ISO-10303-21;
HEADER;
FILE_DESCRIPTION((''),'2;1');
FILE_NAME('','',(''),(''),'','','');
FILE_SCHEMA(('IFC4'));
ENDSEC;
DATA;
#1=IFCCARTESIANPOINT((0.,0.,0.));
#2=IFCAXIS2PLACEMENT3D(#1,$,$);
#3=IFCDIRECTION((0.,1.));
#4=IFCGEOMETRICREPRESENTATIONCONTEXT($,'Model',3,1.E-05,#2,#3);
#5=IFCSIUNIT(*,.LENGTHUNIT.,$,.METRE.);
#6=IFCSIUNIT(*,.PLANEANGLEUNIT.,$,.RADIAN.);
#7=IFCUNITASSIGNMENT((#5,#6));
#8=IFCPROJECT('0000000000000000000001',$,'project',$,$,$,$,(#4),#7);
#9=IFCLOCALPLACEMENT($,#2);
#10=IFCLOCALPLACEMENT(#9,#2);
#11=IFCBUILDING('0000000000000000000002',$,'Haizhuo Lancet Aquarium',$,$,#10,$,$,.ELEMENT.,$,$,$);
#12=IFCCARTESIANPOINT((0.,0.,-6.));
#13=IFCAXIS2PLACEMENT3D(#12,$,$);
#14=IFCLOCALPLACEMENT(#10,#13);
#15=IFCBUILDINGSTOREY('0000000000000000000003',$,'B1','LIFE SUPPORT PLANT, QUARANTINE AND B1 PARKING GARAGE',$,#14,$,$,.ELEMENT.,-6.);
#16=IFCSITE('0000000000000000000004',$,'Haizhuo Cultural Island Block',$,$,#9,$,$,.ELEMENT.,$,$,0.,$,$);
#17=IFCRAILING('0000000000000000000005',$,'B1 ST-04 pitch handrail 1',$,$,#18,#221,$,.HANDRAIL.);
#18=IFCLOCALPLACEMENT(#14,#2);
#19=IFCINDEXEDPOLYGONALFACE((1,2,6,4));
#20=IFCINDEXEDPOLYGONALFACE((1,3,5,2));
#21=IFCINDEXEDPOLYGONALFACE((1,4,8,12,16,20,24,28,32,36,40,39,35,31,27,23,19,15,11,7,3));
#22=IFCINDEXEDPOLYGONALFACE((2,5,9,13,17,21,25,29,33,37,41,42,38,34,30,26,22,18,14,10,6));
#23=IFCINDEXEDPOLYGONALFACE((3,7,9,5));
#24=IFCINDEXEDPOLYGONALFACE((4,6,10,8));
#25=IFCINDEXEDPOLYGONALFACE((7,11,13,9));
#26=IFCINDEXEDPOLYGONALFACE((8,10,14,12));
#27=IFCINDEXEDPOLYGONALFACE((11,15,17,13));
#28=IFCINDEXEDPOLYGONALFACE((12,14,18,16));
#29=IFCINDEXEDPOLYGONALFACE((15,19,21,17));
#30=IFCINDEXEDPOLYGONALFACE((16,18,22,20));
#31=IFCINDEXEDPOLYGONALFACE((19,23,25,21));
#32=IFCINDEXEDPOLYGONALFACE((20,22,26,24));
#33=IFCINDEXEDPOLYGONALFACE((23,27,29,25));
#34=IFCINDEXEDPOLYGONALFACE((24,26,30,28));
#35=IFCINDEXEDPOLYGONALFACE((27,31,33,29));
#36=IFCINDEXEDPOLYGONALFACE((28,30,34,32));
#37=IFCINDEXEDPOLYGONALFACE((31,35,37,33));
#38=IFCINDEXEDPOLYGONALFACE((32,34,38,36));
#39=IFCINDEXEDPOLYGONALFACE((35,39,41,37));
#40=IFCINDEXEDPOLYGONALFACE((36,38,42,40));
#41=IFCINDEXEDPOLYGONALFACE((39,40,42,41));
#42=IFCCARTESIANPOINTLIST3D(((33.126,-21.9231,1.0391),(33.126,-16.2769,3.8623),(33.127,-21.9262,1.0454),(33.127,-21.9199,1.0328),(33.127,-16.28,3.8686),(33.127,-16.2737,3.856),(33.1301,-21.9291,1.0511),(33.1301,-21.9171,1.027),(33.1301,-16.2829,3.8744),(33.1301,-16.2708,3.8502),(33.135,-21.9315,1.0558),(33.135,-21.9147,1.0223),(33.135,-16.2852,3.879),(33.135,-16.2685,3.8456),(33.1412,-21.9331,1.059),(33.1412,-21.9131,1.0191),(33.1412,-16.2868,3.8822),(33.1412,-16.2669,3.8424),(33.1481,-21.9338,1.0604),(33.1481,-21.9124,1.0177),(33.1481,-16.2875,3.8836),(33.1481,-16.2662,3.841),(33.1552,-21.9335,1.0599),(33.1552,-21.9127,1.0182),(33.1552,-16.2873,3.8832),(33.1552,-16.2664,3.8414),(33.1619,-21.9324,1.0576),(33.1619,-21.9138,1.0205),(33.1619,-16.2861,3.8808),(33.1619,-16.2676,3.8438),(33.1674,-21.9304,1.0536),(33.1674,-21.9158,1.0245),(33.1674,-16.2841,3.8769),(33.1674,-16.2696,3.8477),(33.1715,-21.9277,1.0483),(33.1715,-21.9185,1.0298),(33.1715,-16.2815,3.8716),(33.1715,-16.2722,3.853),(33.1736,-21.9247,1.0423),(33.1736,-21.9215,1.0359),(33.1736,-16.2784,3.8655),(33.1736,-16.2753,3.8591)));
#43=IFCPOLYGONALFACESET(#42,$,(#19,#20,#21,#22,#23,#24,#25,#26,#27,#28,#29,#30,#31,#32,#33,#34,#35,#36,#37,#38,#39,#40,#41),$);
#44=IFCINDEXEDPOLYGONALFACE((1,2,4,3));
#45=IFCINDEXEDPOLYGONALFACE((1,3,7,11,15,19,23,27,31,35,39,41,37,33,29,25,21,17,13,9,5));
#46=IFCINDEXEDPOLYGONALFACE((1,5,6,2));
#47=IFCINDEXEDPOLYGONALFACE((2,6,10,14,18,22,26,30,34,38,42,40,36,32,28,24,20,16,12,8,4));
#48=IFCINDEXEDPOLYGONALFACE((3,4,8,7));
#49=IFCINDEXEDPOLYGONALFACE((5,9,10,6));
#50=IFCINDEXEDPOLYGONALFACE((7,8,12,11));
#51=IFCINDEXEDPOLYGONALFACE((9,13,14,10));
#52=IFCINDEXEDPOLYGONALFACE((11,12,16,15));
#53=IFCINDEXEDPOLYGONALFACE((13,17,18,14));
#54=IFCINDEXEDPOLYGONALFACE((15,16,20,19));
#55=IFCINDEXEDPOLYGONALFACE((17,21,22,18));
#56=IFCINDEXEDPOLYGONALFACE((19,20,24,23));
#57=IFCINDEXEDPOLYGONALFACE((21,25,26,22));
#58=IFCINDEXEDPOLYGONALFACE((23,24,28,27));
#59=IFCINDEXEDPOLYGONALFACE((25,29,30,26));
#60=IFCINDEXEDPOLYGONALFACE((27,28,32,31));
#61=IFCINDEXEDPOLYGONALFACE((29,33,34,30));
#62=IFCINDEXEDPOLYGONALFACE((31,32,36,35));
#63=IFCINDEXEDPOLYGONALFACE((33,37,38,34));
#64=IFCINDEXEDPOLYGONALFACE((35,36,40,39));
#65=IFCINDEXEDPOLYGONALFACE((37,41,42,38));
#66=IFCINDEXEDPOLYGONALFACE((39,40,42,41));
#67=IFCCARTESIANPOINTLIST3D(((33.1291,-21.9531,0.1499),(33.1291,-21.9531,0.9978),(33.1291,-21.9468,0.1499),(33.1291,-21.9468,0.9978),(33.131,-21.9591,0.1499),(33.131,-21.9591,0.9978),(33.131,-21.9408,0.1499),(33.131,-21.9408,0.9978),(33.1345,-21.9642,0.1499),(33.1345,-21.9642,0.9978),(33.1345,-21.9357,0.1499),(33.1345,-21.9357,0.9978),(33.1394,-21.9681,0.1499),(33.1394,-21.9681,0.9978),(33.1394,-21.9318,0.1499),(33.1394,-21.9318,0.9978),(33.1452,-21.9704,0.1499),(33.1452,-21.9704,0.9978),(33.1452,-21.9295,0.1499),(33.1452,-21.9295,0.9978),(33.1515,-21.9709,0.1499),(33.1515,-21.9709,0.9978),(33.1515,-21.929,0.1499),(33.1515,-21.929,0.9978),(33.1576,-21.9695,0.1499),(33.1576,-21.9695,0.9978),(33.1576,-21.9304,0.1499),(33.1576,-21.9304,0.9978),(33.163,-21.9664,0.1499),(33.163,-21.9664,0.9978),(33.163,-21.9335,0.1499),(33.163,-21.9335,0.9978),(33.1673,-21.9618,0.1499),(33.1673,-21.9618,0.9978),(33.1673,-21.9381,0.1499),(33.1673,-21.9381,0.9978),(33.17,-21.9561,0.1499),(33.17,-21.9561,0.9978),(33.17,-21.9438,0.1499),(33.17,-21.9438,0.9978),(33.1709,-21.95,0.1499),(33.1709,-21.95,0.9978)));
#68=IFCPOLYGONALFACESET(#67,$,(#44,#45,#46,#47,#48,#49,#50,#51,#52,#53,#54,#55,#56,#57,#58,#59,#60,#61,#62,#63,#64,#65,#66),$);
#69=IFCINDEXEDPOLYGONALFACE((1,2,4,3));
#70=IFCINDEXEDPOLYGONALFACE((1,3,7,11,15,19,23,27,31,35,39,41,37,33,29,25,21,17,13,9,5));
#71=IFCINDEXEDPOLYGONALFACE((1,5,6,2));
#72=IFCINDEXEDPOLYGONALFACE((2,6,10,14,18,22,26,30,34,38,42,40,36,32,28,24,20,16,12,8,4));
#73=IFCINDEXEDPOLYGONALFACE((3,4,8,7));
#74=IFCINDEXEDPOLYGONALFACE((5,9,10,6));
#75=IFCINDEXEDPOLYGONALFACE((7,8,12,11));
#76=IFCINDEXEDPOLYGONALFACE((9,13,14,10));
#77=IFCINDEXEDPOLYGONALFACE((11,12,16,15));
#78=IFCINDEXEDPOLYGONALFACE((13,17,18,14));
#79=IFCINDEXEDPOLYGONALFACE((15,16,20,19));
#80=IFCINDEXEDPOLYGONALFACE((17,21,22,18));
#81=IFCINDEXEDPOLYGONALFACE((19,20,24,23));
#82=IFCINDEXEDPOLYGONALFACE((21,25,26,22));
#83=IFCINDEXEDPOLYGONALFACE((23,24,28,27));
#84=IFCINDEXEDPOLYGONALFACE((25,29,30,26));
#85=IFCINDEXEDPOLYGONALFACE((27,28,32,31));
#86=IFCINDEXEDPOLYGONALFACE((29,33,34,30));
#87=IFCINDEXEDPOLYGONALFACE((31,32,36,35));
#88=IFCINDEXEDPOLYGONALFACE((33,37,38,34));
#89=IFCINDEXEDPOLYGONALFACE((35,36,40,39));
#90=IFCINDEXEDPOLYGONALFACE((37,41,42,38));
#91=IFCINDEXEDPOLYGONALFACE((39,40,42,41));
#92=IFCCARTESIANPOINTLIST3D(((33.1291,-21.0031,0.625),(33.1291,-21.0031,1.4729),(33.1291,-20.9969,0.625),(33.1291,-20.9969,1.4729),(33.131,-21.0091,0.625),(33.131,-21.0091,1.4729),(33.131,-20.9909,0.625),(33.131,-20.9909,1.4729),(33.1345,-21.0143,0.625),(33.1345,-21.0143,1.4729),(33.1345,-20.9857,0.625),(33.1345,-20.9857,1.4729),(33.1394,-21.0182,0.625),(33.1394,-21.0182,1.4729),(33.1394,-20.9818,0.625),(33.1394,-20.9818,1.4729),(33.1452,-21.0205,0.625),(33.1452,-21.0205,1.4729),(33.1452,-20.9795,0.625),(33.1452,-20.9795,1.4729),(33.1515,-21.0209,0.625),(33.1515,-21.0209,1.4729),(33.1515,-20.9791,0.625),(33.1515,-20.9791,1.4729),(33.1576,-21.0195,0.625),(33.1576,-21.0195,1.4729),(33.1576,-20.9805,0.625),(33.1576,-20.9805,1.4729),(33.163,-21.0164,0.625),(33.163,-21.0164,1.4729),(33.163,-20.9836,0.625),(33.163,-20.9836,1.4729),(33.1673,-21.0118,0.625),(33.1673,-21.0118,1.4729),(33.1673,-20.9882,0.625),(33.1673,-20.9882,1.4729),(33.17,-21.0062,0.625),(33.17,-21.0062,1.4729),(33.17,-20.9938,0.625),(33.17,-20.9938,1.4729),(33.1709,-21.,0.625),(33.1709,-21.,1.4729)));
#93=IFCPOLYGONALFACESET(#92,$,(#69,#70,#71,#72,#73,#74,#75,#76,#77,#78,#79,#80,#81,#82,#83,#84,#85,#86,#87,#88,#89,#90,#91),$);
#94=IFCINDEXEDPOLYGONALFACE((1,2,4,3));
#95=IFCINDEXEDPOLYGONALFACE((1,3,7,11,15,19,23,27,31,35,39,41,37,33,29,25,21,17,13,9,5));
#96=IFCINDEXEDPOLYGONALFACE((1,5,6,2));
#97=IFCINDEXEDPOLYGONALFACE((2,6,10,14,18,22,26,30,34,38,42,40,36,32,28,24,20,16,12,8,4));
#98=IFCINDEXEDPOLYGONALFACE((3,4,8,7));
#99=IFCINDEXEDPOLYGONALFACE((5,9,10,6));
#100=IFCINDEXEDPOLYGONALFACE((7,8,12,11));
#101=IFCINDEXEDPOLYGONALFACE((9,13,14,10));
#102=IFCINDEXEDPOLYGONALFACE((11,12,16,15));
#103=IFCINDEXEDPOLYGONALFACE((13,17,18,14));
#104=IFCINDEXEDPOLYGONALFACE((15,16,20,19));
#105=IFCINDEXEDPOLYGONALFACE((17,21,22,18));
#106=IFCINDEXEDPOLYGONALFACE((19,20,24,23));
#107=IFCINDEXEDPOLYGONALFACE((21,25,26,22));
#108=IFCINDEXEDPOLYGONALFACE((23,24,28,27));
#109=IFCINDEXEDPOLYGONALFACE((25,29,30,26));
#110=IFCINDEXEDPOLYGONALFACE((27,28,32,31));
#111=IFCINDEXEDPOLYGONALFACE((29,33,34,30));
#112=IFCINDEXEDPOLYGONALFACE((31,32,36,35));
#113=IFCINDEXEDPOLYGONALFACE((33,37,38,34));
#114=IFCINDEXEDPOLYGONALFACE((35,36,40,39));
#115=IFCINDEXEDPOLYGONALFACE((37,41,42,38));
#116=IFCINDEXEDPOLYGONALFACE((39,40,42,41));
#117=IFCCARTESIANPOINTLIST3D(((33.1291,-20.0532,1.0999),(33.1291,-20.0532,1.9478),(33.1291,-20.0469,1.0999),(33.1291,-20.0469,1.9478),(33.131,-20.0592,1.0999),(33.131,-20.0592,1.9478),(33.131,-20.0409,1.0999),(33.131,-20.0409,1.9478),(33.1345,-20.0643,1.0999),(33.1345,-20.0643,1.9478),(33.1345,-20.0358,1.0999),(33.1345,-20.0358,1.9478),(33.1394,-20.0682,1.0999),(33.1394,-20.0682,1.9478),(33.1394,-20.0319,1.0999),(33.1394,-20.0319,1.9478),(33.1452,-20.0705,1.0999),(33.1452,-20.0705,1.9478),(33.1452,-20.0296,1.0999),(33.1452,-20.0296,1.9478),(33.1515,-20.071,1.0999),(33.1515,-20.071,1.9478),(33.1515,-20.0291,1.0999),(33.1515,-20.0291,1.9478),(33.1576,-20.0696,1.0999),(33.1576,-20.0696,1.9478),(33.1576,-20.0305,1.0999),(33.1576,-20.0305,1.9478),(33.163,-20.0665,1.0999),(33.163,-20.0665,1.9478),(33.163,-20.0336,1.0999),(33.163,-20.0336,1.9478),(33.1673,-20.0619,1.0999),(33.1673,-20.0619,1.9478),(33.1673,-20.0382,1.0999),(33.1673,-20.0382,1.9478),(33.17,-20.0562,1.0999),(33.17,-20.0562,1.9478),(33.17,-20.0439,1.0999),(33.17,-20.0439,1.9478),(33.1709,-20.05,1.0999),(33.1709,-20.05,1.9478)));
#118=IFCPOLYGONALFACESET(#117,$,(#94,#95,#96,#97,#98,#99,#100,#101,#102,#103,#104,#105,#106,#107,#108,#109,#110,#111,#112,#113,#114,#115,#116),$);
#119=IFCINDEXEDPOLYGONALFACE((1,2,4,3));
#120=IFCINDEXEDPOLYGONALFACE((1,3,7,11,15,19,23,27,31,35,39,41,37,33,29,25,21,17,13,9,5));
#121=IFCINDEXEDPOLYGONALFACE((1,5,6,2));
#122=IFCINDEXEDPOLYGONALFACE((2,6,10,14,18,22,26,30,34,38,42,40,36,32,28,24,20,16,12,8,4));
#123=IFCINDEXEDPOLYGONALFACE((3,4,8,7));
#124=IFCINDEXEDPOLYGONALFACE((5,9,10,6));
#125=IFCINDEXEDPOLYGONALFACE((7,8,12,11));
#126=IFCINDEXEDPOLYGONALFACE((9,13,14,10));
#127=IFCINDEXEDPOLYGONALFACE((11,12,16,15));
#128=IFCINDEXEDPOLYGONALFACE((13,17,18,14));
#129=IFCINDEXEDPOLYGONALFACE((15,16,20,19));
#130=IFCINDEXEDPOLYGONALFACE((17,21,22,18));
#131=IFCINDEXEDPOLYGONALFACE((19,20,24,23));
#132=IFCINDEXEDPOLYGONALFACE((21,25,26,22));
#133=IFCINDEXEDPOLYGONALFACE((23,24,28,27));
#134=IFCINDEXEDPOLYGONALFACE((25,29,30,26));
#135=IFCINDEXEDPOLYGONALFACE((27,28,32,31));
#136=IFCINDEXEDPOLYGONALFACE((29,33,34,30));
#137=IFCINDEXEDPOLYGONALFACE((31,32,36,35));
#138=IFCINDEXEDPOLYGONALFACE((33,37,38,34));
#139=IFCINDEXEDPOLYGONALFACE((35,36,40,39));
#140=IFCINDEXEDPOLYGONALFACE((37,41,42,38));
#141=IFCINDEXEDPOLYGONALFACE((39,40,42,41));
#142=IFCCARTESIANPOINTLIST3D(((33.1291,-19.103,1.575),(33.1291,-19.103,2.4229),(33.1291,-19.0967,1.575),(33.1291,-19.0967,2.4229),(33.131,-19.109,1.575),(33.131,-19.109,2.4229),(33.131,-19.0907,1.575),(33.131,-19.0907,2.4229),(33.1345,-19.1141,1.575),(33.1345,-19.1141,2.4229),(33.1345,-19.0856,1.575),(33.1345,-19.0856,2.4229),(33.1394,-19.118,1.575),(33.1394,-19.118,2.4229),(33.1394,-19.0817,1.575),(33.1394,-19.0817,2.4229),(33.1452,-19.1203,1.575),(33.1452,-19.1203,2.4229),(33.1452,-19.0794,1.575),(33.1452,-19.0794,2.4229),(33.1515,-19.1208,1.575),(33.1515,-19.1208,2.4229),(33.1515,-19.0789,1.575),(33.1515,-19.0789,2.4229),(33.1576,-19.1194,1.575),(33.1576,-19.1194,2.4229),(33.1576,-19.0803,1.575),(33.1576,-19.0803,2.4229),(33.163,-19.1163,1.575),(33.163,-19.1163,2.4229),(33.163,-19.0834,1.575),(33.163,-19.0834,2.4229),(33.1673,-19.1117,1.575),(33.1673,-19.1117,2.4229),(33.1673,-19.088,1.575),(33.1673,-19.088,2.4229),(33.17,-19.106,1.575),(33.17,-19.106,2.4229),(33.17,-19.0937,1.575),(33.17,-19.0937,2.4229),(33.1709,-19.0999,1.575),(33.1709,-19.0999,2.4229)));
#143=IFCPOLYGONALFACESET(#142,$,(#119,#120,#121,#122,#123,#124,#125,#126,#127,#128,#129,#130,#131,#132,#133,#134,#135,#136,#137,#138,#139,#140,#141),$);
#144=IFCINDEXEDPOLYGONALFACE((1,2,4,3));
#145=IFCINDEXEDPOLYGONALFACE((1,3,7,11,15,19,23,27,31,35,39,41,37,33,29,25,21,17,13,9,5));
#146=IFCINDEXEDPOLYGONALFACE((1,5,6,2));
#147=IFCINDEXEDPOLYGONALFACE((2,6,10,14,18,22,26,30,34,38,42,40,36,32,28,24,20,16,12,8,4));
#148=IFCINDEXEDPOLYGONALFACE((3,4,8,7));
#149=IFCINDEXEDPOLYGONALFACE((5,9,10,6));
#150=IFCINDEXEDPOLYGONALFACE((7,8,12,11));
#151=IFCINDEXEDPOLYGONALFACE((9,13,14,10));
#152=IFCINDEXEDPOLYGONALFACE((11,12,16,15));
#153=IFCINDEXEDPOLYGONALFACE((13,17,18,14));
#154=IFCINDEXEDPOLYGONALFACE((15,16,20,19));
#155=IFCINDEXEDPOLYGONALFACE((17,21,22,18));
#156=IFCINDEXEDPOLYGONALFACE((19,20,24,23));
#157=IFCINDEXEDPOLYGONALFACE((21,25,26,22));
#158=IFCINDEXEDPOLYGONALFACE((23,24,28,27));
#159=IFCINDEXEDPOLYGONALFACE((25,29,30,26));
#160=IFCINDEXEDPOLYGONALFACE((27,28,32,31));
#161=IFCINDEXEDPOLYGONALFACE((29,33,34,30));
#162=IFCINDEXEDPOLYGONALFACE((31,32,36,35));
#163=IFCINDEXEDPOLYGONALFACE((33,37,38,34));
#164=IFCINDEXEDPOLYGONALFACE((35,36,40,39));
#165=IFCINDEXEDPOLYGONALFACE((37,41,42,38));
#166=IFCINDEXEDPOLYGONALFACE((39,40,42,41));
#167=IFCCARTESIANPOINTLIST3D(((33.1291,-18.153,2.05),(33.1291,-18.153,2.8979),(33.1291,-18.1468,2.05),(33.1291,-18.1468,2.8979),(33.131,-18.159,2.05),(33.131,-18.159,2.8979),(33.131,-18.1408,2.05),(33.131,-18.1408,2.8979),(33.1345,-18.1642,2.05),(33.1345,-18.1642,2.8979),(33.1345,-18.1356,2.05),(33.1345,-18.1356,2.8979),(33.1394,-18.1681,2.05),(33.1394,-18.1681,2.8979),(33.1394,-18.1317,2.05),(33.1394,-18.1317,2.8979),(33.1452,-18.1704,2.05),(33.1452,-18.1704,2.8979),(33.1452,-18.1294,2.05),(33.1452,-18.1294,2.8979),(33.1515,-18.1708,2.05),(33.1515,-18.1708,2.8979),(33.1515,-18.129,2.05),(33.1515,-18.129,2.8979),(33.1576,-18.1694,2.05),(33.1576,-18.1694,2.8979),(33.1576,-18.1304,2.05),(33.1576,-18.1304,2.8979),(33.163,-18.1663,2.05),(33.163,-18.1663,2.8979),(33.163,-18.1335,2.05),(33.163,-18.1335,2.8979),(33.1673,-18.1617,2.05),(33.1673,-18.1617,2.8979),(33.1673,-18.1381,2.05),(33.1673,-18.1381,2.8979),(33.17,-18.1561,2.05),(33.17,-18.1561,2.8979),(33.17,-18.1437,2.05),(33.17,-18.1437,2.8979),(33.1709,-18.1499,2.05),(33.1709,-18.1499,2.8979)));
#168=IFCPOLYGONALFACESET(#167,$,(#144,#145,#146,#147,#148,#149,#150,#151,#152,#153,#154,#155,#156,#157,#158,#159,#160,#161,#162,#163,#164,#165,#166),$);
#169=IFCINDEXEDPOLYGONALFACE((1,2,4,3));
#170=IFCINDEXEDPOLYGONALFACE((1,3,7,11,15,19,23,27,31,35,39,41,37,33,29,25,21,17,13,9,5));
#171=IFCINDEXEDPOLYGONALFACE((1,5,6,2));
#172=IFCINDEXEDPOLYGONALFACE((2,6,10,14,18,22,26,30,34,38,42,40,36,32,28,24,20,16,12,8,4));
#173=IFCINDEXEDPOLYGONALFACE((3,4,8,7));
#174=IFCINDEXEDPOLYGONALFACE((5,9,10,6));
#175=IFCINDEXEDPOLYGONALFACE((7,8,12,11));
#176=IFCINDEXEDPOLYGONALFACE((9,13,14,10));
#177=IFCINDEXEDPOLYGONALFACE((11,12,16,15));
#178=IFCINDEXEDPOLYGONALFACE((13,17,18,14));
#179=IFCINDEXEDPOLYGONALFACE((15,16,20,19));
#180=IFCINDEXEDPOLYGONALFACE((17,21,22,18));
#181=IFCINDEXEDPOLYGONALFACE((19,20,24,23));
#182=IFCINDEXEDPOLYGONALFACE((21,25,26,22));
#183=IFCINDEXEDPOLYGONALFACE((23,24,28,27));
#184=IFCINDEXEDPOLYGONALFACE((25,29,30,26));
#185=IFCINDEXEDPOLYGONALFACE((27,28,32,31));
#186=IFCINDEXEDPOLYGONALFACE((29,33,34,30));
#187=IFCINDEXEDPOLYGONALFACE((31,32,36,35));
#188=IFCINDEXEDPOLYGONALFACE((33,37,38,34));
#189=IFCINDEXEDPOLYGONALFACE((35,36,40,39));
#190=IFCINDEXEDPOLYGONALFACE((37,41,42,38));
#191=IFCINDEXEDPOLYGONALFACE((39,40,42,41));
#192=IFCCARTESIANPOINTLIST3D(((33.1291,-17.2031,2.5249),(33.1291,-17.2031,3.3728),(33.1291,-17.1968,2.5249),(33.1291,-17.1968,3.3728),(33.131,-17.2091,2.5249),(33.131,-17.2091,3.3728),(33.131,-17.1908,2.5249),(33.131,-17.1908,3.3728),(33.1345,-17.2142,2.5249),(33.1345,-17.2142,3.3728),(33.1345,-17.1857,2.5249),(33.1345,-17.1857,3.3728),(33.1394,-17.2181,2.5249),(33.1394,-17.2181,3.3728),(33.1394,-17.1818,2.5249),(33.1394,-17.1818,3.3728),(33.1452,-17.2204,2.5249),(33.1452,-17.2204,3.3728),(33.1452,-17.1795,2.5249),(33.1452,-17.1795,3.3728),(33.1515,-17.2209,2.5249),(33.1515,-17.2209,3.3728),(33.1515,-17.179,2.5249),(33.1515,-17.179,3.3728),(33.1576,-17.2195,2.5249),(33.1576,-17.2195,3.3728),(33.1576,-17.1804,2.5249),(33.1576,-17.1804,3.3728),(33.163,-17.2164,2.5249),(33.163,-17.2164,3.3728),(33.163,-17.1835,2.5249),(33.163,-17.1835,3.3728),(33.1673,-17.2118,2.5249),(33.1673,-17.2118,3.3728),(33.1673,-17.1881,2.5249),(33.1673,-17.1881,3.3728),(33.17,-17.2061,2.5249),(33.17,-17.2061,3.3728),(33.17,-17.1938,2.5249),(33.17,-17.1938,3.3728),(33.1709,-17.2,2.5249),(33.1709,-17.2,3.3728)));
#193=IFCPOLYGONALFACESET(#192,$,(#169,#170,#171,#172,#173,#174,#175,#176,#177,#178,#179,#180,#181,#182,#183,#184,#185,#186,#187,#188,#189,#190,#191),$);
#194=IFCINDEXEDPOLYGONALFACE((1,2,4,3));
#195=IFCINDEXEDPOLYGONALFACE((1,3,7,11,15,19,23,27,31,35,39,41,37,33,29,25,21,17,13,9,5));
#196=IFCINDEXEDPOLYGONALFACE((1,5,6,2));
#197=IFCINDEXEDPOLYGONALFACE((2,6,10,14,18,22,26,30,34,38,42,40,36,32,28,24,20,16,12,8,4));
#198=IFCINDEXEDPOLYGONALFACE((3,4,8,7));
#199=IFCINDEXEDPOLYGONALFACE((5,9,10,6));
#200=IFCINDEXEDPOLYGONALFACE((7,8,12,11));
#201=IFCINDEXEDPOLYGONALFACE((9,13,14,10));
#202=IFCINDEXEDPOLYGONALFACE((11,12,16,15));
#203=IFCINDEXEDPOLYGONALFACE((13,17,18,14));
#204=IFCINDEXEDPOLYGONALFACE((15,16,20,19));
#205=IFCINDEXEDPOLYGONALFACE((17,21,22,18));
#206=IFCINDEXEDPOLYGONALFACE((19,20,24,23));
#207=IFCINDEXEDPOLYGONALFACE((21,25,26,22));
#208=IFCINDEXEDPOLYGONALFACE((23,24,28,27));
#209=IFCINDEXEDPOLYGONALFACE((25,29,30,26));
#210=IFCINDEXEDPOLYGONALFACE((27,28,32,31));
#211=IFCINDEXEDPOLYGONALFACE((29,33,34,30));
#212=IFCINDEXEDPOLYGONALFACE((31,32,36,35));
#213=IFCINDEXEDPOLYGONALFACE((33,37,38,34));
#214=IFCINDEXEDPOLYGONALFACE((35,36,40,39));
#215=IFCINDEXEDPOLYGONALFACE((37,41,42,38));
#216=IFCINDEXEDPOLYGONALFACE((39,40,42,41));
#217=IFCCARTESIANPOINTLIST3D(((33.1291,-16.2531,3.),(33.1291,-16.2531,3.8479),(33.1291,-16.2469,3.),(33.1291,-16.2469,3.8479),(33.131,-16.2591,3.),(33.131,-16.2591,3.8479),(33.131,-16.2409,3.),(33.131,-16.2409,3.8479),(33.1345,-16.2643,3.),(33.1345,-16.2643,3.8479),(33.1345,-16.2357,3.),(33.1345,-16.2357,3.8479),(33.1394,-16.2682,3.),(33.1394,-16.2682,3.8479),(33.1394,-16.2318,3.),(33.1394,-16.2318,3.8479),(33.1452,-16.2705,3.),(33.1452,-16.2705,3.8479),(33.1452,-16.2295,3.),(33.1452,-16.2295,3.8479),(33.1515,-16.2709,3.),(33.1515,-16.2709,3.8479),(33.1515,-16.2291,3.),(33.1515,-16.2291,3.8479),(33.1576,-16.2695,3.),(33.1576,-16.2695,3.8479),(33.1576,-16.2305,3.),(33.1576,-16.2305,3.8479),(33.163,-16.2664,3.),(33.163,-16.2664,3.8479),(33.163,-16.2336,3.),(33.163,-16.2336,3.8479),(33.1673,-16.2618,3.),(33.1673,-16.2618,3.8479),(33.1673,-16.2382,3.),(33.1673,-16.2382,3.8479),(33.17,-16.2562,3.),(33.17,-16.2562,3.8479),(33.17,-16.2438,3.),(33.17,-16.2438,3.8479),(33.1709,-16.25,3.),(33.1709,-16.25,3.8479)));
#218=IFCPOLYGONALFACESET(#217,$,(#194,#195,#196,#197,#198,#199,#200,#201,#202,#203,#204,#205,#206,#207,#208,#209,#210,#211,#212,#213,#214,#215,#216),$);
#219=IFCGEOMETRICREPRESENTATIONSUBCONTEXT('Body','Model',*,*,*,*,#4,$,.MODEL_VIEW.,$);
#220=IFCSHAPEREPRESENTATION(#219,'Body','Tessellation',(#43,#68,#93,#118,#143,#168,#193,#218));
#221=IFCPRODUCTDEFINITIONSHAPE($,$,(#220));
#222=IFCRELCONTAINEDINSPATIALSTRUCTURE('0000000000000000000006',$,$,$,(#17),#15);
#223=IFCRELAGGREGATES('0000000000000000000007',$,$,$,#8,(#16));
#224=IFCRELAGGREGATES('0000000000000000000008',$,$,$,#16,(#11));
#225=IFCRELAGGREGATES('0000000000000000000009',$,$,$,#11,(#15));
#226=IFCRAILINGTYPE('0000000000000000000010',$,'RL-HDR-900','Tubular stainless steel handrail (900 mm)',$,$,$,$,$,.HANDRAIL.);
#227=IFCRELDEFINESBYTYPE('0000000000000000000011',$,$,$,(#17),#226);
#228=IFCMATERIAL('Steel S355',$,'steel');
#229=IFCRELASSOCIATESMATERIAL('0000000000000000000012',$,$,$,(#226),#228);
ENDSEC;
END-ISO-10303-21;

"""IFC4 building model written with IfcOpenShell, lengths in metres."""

from ifc_helpers import new_model, si_unit, direction, frame, origin, origin_2d, place, context, subcontext, project, spatial, circle, extrude, material, type_object, element, save


model = new_model("IFC4")

# Units and contexts
model_context = context("Model", 3, precision=1e-05, world=origin(), true_north=direction((0.0, 1.0)))
body_context = subcontext(model_context, "Body", "Model", "MODEL_VIEW")
ifc_project = project(units=[si_unit("LENGTHUNIT", "METRE"), si_unit("PLANEANGLEUNIT", "RADIAN")], contexts=[model_context])

# Site, building, storey
site_placement = place(None, origin())
site = spatial("IfcSite", under=ifc_project, at=site_placement, Name="Haizhuo Cultural Island Block", CompositionType="ELEMENT", RefElevation=0.0)
building_placement = place(site_placement, origin())
building = spatial("IfcBuilding", under=site, at=building_placement, Name="Haizhuo Lancet Aquarium", CompositionType="ELEMENT")
storey_placement = place(building_placement, frame((0.0, 0.0, -6.0)))
storey = spatial("IfcBuildingStorey", under=building, at=storey_placement, Name="B1", Description="LIFE SUPPORT PLANT, QUARANTINE AND B1 PARKING GARAGE", CompositionType="ELEMENT", Elevation=-6.0)

# Shared definitions
ifc_material_1 = material(Name="Steel S355", Category="steel")

# Railing
railing_type_1 = type_object("IfcRailingType", Name="RL-HDR-900", Description="Tubular stainless steel handrail (900 mm)", PredefinedType="HANDRAIL", material=ifc_material_1)
railing_1_placement = place(storey_placement, frame((33.1499, -21.95, 0.1499)))
element("IfcRailing", 1, at=railing_1_placement, inside=storey, type_object=railing_type_1, Name="B1 ST-04 pitch handrail 1", PredefinedType="HANDRAIL", context=body_context, shape_type="SweptSolid", body=[
    extrude(circle(Radius=0.0239, at=origin_2d()), frame((0.0, 0.0269, 0.8892), z_axis=(0.0, 0.89442, 0.447229), x_axis=(-1.0, 0.0, 0.0)), (0.0, 0.0, 1.0), 6.3127),
    extrude(circle(Radius=0.021, at=origin_2d()), origin(), (0.0, 0.0, 1.0), 0.8479),
    extrude(circle(Radius=0.021, at=origin_2d()), frame((0.0, 0.95, 0.4751)), (0.0, 0.0, 1.0), 0.8479),
    extrude(circle(Radius=0.021, at=origin_2d()), frame((0.0, 1.8999, 0.95)), (0.0, 0.0, 1.0), 0.8479),
    extrude(circle(Radius=0.021, at=origin_2d()), frame((0.0, 2.8501, 1.425)), (0.0, 0.0, 1.0), 0.8479),
    extrude(circle(Radius=0.021, at=origin_2d()), frame((0.0, 3.8, 1.9001)), (0.0, 0.0, 1.0), 0.8479),
    extrude(circle(Radius=0.021, at=origin_2d()), frame((0.0, 4.75, 2.375)), (0.0, 0.0, 1.0), 0.8479),
    extrude(circle(Radius=0.021, at=origin_2d()), frame((0.0, 5.7, 2.8501)), (0.0, 0.0, 1.0), 0.8479),
])

save(model, "model.ifc")
